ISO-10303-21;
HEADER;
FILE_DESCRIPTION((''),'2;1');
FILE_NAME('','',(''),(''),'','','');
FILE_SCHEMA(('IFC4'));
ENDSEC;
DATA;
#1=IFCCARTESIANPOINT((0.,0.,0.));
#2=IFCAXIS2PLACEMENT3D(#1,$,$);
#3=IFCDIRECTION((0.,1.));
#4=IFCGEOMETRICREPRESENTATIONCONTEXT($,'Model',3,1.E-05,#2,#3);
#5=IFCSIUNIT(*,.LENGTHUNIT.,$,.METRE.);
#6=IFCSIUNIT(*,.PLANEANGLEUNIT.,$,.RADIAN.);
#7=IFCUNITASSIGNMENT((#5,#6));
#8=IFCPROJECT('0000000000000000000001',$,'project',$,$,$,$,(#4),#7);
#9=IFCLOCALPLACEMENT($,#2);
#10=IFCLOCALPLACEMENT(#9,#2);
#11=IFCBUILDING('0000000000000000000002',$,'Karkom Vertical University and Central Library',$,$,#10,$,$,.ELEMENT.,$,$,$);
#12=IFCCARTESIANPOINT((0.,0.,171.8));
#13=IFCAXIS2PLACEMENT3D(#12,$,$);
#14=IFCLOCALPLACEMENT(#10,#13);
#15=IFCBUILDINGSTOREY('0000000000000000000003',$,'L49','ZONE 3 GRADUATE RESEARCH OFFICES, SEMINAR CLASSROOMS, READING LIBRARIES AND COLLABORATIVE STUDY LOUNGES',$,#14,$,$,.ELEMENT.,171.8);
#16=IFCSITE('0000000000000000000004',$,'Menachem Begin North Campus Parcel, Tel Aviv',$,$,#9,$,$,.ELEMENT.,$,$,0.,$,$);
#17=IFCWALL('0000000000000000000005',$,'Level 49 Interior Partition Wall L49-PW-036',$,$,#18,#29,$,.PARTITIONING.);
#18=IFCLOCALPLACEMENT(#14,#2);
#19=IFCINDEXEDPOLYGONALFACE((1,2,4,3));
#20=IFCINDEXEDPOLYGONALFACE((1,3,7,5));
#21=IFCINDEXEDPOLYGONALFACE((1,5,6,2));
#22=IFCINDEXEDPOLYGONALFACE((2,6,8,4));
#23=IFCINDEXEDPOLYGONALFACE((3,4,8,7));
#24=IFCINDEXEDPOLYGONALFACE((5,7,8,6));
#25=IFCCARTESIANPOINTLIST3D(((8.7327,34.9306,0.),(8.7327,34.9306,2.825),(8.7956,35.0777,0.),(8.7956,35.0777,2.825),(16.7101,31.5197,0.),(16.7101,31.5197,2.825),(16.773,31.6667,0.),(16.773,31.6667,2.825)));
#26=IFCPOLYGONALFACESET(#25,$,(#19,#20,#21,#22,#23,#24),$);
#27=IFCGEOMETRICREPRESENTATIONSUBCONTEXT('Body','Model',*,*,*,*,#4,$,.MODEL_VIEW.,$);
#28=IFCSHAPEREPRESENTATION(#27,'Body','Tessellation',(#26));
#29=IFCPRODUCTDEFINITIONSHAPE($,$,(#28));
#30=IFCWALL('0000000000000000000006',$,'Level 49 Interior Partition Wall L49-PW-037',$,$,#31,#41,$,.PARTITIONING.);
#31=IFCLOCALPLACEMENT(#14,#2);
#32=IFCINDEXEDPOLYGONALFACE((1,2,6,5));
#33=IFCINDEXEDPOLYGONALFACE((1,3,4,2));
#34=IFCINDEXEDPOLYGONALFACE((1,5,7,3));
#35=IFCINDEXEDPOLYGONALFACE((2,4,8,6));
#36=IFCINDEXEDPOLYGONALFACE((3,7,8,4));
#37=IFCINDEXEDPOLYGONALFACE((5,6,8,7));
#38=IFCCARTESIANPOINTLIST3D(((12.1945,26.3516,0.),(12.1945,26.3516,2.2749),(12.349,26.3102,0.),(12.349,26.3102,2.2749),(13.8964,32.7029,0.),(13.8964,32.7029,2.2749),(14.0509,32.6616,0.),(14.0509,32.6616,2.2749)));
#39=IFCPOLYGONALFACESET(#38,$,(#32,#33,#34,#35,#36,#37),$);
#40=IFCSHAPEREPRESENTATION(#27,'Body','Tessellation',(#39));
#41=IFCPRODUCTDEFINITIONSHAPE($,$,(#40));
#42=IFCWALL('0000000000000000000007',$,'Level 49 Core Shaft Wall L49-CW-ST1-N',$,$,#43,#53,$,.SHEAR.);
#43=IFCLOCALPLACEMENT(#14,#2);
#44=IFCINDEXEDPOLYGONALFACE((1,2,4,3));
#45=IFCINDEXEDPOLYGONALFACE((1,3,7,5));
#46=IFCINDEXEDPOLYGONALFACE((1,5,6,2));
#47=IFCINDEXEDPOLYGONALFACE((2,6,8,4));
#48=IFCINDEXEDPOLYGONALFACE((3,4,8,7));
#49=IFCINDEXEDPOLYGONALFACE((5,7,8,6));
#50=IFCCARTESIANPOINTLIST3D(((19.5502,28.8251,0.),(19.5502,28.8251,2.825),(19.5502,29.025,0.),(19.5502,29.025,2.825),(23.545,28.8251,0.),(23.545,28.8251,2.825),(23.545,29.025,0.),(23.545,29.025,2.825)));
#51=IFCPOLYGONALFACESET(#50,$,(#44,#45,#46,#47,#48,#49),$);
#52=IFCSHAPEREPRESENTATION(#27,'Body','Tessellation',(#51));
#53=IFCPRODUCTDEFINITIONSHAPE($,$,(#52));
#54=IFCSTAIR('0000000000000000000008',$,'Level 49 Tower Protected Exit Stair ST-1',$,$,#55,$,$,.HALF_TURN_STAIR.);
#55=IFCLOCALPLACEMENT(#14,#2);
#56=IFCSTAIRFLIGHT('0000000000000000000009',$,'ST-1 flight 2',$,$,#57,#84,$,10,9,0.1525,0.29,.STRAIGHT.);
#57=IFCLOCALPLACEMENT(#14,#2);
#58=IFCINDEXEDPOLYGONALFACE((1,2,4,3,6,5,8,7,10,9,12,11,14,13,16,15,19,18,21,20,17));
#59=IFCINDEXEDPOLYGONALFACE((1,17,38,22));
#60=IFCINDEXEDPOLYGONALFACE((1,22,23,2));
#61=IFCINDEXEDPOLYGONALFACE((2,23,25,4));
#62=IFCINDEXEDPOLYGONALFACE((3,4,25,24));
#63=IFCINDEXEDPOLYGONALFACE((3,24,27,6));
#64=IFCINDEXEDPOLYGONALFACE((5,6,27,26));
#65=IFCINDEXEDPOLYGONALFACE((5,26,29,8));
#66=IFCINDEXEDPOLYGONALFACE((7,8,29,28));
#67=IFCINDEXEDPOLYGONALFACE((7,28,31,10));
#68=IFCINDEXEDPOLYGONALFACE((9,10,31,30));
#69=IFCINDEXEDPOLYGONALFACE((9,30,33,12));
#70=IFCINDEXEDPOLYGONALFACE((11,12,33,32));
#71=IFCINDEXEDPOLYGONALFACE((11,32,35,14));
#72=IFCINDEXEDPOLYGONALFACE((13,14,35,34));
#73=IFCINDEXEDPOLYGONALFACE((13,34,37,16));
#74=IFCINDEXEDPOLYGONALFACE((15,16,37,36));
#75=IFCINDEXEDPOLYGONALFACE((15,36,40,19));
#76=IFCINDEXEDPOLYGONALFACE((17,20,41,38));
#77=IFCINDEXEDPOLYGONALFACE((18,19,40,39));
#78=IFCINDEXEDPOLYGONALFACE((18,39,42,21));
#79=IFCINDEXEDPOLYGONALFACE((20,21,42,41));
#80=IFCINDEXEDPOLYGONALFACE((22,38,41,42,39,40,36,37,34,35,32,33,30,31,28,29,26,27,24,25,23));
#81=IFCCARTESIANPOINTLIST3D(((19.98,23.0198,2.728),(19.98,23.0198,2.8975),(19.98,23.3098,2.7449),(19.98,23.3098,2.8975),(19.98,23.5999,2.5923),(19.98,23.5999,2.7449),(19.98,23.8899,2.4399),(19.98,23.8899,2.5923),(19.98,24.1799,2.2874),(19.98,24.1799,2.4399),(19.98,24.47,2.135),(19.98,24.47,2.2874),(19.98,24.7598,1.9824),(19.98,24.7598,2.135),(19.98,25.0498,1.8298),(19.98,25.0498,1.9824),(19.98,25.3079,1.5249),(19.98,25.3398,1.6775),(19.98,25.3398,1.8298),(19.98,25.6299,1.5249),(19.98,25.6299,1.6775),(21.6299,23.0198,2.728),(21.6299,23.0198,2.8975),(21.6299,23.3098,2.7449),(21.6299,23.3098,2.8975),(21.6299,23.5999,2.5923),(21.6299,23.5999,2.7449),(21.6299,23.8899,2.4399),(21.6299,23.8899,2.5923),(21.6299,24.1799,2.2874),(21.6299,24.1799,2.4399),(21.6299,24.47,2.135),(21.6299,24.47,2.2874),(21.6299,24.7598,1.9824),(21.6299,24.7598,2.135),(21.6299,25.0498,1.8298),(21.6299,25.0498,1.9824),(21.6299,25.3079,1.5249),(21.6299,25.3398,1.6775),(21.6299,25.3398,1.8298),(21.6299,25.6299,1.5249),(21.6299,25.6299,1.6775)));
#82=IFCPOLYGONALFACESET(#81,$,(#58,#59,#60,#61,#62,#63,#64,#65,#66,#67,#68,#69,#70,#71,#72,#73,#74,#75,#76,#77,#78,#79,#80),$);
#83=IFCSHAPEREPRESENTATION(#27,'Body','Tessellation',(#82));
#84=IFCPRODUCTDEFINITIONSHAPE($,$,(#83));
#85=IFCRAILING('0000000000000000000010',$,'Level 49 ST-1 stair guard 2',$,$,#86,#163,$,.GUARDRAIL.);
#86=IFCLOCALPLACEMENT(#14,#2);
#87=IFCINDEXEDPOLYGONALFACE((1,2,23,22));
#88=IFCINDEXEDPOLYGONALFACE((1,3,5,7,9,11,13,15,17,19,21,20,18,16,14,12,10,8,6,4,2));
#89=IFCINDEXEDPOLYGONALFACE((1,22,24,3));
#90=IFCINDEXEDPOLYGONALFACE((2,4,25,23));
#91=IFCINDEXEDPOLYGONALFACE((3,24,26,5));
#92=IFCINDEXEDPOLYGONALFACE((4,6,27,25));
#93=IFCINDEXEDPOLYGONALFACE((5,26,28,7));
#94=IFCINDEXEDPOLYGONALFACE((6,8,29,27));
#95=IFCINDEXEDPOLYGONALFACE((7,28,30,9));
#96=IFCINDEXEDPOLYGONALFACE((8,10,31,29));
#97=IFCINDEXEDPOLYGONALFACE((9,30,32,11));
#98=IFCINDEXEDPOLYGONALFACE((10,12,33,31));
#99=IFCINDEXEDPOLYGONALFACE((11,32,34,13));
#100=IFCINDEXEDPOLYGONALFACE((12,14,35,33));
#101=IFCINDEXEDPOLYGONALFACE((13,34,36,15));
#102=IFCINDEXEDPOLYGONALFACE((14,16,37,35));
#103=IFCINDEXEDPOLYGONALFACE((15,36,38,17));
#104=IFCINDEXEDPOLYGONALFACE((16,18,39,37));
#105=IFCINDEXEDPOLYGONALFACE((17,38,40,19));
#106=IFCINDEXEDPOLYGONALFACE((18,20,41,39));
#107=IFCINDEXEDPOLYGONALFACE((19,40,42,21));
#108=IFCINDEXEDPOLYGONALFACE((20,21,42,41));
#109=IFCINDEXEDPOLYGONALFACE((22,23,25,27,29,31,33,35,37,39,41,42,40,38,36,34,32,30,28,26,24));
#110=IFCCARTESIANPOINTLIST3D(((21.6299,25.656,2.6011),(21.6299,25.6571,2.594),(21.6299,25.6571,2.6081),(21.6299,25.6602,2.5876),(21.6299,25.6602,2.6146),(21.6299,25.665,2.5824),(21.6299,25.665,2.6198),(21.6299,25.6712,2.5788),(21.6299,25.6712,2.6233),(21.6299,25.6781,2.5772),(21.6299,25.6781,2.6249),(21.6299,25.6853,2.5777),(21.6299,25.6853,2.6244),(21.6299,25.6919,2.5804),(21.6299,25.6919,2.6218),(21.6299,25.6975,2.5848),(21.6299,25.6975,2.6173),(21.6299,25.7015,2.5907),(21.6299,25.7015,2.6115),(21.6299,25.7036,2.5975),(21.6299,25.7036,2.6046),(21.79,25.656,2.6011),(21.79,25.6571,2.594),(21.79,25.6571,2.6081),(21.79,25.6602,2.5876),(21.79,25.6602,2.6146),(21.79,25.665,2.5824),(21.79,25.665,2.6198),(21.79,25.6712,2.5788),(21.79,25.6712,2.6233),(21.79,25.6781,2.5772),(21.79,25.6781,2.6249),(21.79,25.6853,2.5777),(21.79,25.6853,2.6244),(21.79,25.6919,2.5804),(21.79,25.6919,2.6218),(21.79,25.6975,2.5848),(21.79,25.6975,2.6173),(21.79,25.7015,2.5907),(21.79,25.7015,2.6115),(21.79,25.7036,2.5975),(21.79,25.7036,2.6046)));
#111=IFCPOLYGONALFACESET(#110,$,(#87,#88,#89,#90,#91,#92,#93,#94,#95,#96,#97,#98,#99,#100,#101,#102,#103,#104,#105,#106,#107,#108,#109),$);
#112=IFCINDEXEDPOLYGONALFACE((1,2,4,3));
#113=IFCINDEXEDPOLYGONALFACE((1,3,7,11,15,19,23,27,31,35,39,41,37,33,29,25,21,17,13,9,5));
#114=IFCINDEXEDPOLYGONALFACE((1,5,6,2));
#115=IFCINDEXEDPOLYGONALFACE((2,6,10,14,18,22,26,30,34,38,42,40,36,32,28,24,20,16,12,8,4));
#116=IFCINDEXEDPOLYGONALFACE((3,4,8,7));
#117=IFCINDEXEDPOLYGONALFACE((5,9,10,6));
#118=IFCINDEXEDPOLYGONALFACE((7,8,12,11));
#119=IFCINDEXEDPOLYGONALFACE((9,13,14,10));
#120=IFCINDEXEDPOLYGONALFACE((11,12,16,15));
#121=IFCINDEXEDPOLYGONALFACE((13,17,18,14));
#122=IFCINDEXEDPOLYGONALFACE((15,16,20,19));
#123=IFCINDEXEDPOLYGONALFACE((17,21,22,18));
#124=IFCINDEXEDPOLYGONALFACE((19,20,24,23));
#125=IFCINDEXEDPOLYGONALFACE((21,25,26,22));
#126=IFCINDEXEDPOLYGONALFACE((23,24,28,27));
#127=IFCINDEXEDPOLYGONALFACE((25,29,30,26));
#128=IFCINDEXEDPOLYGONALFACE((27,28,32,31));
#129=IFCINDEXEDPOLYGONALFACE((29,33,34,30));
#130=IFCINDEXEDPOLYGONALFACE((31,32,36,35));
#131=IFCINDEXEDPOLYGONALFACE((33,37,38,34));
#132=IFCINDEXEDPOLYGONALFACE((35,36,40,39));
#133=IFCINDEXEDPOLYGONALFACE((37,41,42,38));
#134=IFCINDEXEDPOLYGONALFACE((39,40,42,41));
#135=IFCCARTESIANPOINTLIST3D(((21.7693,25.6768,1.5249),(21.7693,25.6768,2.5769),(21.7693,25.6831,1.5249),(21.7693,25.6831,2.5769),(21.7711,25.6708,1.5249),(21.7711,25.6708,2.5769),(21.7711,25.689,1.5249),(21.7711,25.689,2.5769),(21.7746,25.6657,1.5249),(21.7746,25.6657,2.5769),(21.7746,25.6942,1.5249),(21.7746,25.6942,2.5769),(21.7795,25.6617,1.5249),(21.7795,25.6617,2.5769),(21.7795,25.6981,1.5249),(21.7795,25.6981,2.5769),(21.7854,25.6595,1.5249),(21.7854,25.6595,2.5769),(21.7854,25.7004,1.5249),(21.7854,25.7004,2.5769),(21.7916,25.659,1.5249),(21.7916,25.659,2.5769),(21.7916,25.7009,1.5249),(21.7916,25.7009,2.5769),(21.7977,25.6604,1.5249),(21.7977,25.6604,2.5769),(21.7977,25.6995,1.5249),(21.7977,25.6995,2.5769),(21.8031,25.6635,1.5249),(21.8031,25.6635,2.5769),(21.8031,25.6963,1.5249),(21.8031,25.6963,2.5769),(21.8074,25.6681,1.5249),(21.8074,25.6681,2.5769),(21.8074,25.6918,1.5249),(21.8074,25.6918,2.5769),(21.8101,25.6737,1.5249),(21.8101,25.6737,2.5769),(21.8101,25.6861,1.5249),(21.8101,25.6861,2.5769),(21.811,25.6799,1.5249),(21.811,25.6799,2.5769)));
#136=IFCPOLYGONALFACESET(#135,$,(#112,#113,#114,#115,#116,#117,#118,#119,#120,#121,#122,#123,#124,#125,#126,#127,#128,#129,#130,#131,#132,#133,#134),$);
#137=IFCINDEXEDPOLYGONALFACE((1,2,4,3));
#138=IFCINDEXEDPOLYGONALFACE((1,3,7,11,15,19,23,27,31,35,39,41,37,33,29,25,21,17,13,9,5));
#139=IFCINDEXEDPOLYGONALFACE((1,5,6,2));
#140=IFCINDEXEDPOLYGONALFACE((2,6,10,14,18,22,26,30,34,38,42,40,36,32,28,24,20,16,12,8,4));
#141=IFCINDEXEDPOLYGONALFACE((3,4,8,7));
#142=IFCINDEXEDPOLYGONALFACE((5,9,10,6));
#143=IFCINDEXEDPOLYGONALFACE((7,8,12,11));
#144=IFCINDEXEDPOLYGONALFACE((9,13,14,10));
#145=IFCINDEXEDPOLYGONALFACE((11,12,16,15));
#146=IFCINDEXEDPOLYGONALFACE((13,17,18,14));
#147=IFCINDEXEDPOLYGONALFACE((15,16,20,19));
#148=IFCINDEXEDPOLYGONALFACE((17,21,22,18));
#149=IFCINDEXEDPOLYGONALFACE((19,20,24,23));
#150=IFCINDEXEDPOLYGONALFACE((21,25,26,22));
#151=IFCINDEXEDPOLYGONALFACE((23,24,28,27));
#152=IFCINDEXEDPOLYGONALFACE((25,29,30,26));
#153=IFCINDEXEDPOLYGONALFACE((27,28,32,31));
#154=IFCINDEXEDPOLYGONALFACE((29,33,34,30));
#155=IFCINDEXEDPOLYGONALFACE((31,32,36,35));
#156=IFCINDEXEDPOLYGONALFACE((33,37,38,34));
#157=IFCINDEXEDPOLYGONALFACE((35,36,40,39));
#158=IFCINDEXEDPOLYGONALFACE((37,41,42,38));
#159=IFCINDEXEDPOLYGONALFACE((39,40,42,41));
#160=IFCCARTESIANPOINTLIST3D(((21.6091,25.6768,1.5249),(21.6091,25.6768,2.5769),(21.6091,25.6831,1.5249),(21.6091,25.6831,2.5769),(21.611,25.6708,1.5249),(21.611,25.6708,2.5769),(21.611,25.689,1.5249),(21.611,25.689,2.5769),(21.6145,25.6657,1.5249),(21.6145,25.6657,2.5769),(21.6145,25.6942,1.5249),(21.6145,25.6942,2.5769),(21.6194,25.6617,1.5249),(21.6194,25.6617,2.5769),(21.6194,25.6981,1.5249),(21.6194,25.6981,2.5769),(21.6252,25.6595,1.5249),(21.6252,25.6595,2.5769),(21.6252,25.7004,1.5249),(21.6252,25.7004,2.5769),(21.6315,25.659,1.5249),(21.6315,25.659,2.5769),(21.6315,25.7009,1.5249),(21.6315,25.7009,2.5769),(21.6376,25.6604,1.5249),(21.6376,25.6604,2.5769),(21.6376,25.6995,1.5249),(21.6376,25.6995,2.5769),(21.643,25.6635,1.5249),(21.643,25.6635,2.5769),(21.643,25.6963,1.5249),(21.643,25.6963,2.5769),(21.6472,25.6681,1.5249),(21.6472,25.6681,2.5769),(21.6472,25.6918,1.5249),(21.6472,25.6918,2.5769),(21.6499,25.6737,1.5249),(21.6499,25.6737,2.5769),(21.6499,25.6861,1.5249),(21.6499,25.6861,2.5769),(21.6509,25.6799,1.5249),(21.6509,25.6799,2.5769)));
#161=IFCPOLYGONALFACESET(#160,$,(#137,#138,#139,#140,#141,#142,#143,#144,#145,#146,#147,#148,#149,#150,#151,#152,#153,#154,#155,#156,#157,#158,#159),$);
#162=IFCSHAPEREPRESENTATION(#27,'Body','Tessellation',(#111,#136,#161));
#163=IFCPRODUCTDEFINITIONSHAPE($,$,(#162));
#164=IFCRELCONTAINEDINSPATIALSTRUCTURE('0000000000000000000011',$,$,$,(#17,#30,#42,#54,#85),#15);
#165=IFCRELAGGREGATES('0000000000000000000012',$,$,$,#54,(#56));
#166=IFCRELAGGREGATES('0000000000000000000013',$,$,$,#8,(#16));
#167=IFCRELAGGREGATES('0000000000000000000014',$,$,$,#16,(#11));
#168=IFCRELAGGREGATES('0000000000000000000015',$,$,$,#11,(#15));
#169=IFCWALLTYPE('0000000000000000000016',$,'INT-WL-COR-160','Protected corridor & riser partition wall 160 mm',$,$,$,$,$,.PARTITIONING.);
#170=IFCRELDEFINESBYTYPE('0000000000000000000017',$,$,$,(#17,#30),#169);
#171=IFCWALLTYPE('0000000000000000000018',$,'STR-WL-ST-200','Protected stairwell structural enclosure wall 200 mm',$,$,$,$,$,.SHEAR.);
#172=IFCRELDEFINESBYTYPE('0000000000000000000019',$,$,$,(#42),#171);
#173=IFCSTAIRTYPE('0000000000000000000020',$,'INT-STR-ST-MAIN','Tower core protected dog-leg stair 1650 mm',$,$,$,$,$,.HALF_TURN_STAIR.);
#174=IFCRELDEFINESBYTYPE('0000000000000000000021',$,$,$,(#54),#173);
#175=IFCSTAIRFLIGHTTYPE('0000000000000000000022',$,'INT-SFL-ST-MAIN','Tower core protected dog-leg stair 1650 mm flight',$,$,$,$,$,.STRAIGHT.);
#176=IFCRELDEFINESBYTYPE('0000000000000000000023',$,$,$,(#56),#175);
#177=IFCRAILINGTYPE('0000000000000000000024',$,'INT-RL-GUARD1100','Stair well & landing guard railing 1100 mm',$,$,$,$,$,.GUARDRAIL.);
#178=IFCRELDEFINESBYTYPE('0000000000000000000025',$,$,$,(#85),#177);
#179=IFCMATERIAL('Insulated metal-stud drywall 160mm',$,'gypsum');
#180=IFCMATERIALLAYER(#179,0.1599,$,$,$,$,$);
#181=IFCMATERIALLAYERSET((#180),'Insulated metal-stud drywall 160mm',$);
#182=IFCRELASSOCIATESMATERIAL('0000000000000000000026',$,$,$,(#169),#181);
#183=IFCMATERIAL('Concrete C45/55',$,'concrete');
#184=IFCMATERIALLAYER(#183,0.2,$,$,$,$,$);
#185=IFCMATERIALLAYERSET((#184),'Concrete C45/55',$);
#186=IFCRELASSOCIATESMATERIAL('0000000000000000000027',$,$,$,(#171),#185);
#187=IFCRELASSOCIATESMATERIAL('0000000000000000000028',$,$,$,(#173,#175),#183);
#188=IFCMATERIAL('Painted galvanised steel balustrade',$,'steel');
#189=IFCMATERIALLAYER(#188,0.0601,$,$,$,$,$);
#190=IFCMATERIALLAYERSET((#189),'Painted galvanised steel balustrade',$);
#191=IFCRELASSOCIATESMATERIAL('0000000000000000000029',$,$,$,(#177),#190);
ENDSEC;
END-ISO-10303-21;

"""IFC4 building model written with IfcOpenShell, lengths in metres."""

from ifc_helpers import new_model, si_unit, direction, frame, frame_2d, origin, origin_2d, place, context, subcontext, project, spatial, polyline, rectangle, circle, outline, extrude, material, layer, layer_set, type_object, element, aggregate, save


model = new_model("IFC4")

# Units and contexts
model_context = context("Model", 3, precision=1e-05, world=origin(), true_north=direction((0.0, 1.0)))
body_context = subcontext(model_context, "Body", "Model", "MODEL_VIEW")
ifc_project = project(units=[si_unit("LENGTHUNIT", "METRE"), si_unit("PLANEANGLEUNIT", "RADIAN")], contexts=[model_context])

# Site, building, storey
site_placement = place(None, origin())
site = spatial("IfcSite", under=ifc_project, at=site_placement, Name="Menachem Begin North Campus Parcel, Tel Aviv", CompositionType="ELEMENT", RefElevation=0.0)
building_placement = place(site_placement, origin())
building = spatial("IfcBuilding", under=site, at=building_placement, Name="Karkom Vertical University and Central Library", CompositionType="ELEMENT")
storey_placement = place(building_placement, frame((0.0, 0.0, 171.8)))
storey = spatial("IfcBuildingStorey", under=building, at=storey_placement, Name="L49", Description="ZONE 3 GRADUATE RESEARCH OFFICES, SEMINAR CLASSROOMS, READING LIBRARIES AND COLLABORATIVE STUDY LOUNGES", CompositionType="ELEMENT", Elevation=171.8)

# Shared definitions
ifc_material_1 = material(Name="Insulated metal-stud drywall 160mm", Category="gypsum")
ifc_layer_1 = layer(ifc_material_1, 0.1599)
ifc_layer_set_1 = layer_set([ifc_layer_1], Name="Insulated metal-stud drywall 160mm")
wall_type_1 = type_object("IfcWallType", Name="INT-WL-COR-160", Description="Protected corridor & riser partition wall 160 mm", PredefinedType="PARTITIONING", material=ifc_layer_set_1)

# Walls
wall_1_placement = place(storey_placement, frame((16.7415, 31.5933, 0.0), z_axis=(0.0, 0.0, 1.0), x_axis=(-0.919477, 0.393145, 0.0)))
element("IfcWall", 1, at=wall_1_placement, inside=storey, type_object=wall_type_1, Name="Level 49 Interior Partition Wall L49-PW-036", PredefinedType="PARTITIONING", context=body_context, shape_type="SweptSolid", body=[
    extrude(rectangle(XDim=8.676, YDim=0.1599, at=frame_2d((4.3379, 0.0))), origin(), (0.0, 0.0, 1.0), 2.825),
])
wall_2_placement = place(storey_placement, frame((13.9736, 32.6821, 0.0), z_axis=(0.0, 0.0, 1.0), x_axis=(-0.258829, -0.965923, 0.0)))
element("IfcWall", 2, at=wall_2_placement, inside=storey, type_object=wall_type_1, Name="Level 49 Interior Partition Wall L49-PW-037", PredefinedType="PARTITIONING", context=body_context, shape_type="SweptSolid", body=[
    extrude(rectangle(XDim=6.5754, YDim=0.1599, at=frame_2d((3.2876, 0.0))), origin(), (0.0, 0.0, 1.0), 2.2749),
])
ifc_material_2 = material(Name="Concrete C45/55", Category="concrete")
ifc_layer_2 = layer(ifc_material_2, 0.2)
ifc_layer_set_2 = layer_set([ifc_layer_2], Name="Concrete C45/55")
wall_type_2 = type_object("IfcWallType", Name="STR-WL-ST-200", Description="Protected stairwell structural enclosure wall 200 mm", PredefinedType="SHEAR", material=ifc_layer_set_2)
wall_3_placement = place(storey_placement, frame((19.55, 28.925, 0.0), z_axis=(0.0, 0.0, 1.0), x_axis=(1.0, 0.0, 0.0)))
element("IfcWall", 3, at=wall_3_placement, inside=storey, type_object=wall_type_2, Name="Level 49 Core Shaft Wall L49-CW-ST1-N", PredefinedType="SHEAR", context=body_context, shape_type="SweptSolid", body=[
    extrude(rectangle(XDim=3.9949, YDim=0.2, at=frame_2d((1.9976, 0.0))), origin(), (0.0, 0.0, 1.0), 2.825),
])

# Stair, stair flight
stair_type = type_object("IfcStairType", Name="INT-STR-ST-MAIN", Description="Tower core protected dog-leg stair 1650 mm", PredefinedType="HALF_TURN_STAIR", material=ifc_material_2)
stair_placement = place(storey_placement, origin())
stair = element("IfcStair", 4, at=stair_placement, inside=storey, type_object=stair_type, Name="Level 49 Tower Protected Exit Stair ST-1", PredefinedType="HALF_TURN_STAIR")
stair_flight_type = type_object("IfcStairFlightType", Name="INT-SFL-ST-MAIN", Description="Tower core protected dog-leg stair 1650 mm flight", PredefinedType="STRAIGHT", material=ifc_material_2)
stair_flight_placement = place(storey_placement, frame((20.8049, 25.6299, 1.5249), z_axis=(0.0, 0.0, 1.0), x_axis=(0.0, -1.0, 0.0)))
stair_flight = element("IfcStairFlight", 5, at=stair_flight_placement, type_object=stair_flight_type, Name="ST-1 flight 2", NumberOfRisers=10, NumberOfTreads=9, PredefinedType="STRAIGHT", RiserHeight=0.1525, TreadLength=0.29, context=body_context, shape_type="SweptSolid", body=[
    extrude(outline(polyline([(0.0, 0.0), (0.0, 0.1526), (0.29, 0.1526), (0.29, 0.3049), (0.5801, 0.3049), (0.5801, 0.4575), (0.8701, 0.4575), (0.8701, 0.6101), (1.1599, 0.6101), (1.1599, 0.7625), (1.45, 0.7625), (1.45, 0.915), (1.74, 0.915), (1.74, 1.0674), (2.03, 1.0674), (2.03, 1.22), (2.3201, 1.22), (2.3201, 1.3726), (2.6101, 1.3726), (2.6101, 1.5249), (2.6101, 1.2031), (0.322, 0.0), (0.0, 0.0)])), frame((0.0, 0.825, 0.0), z_axis=(0.0, -1.0, 0.0), x_axis=(1.0, 0.0, 0.0)), (0.0, 0.0, 1.0), 1.6499),
])
aggregate(stair, [stair_flight])

# Railing
ifc_material_3 = material(Name="Painted galvanised steel balustrade", Category="steel")
ifc_layer_3 = layer(ifc_material_3, 0.0601)
ifc_layer_set_3 = layer_set([ifc_layer_3], Name="Painted galvanised steel balustrade")
railing_type_1 = type_object("IfcRailingType", Name="INT-RL-GUARD1100", Description="Stair well & landing guard railing 1100 mm", PredefinedType="GUARDRAIL", material=ifc_layer_set_3)
railing_1_placement = place(storey_placement, frame((21.79, 25.6799, 1.5249)))
element("IfcRailing", 6, at=railing_1_placement, inside=storey, type_object=railing_type_1, Name="Level 49 ST-1 stair guard 2", PredefinedType="GUARDRAIL", context=body_context, shape_type="SweptSolid", body=[
    extrude(circle(Radius=0.0239, at=origin_2d()), frame((0.0, 0.0, 1.0762), z_axis=(-1.0, 0.0, 0.0), x_axis=(0.0, -1.0, 0.0)), (0.0, 0.0, 1.0), 0.1602),
    extrude(circle(Radius=0.021, at=origin_2d()), origin(), (0.0, 0.0, 1.0), 1.052),
    extrude(circle(Radius=0.021, at=origin_2d()), frame((-0.1602, 0.0, 0.0)), (0.0, 0.0, 1.0), 1.052),
])

save(model, "model.ifc")
